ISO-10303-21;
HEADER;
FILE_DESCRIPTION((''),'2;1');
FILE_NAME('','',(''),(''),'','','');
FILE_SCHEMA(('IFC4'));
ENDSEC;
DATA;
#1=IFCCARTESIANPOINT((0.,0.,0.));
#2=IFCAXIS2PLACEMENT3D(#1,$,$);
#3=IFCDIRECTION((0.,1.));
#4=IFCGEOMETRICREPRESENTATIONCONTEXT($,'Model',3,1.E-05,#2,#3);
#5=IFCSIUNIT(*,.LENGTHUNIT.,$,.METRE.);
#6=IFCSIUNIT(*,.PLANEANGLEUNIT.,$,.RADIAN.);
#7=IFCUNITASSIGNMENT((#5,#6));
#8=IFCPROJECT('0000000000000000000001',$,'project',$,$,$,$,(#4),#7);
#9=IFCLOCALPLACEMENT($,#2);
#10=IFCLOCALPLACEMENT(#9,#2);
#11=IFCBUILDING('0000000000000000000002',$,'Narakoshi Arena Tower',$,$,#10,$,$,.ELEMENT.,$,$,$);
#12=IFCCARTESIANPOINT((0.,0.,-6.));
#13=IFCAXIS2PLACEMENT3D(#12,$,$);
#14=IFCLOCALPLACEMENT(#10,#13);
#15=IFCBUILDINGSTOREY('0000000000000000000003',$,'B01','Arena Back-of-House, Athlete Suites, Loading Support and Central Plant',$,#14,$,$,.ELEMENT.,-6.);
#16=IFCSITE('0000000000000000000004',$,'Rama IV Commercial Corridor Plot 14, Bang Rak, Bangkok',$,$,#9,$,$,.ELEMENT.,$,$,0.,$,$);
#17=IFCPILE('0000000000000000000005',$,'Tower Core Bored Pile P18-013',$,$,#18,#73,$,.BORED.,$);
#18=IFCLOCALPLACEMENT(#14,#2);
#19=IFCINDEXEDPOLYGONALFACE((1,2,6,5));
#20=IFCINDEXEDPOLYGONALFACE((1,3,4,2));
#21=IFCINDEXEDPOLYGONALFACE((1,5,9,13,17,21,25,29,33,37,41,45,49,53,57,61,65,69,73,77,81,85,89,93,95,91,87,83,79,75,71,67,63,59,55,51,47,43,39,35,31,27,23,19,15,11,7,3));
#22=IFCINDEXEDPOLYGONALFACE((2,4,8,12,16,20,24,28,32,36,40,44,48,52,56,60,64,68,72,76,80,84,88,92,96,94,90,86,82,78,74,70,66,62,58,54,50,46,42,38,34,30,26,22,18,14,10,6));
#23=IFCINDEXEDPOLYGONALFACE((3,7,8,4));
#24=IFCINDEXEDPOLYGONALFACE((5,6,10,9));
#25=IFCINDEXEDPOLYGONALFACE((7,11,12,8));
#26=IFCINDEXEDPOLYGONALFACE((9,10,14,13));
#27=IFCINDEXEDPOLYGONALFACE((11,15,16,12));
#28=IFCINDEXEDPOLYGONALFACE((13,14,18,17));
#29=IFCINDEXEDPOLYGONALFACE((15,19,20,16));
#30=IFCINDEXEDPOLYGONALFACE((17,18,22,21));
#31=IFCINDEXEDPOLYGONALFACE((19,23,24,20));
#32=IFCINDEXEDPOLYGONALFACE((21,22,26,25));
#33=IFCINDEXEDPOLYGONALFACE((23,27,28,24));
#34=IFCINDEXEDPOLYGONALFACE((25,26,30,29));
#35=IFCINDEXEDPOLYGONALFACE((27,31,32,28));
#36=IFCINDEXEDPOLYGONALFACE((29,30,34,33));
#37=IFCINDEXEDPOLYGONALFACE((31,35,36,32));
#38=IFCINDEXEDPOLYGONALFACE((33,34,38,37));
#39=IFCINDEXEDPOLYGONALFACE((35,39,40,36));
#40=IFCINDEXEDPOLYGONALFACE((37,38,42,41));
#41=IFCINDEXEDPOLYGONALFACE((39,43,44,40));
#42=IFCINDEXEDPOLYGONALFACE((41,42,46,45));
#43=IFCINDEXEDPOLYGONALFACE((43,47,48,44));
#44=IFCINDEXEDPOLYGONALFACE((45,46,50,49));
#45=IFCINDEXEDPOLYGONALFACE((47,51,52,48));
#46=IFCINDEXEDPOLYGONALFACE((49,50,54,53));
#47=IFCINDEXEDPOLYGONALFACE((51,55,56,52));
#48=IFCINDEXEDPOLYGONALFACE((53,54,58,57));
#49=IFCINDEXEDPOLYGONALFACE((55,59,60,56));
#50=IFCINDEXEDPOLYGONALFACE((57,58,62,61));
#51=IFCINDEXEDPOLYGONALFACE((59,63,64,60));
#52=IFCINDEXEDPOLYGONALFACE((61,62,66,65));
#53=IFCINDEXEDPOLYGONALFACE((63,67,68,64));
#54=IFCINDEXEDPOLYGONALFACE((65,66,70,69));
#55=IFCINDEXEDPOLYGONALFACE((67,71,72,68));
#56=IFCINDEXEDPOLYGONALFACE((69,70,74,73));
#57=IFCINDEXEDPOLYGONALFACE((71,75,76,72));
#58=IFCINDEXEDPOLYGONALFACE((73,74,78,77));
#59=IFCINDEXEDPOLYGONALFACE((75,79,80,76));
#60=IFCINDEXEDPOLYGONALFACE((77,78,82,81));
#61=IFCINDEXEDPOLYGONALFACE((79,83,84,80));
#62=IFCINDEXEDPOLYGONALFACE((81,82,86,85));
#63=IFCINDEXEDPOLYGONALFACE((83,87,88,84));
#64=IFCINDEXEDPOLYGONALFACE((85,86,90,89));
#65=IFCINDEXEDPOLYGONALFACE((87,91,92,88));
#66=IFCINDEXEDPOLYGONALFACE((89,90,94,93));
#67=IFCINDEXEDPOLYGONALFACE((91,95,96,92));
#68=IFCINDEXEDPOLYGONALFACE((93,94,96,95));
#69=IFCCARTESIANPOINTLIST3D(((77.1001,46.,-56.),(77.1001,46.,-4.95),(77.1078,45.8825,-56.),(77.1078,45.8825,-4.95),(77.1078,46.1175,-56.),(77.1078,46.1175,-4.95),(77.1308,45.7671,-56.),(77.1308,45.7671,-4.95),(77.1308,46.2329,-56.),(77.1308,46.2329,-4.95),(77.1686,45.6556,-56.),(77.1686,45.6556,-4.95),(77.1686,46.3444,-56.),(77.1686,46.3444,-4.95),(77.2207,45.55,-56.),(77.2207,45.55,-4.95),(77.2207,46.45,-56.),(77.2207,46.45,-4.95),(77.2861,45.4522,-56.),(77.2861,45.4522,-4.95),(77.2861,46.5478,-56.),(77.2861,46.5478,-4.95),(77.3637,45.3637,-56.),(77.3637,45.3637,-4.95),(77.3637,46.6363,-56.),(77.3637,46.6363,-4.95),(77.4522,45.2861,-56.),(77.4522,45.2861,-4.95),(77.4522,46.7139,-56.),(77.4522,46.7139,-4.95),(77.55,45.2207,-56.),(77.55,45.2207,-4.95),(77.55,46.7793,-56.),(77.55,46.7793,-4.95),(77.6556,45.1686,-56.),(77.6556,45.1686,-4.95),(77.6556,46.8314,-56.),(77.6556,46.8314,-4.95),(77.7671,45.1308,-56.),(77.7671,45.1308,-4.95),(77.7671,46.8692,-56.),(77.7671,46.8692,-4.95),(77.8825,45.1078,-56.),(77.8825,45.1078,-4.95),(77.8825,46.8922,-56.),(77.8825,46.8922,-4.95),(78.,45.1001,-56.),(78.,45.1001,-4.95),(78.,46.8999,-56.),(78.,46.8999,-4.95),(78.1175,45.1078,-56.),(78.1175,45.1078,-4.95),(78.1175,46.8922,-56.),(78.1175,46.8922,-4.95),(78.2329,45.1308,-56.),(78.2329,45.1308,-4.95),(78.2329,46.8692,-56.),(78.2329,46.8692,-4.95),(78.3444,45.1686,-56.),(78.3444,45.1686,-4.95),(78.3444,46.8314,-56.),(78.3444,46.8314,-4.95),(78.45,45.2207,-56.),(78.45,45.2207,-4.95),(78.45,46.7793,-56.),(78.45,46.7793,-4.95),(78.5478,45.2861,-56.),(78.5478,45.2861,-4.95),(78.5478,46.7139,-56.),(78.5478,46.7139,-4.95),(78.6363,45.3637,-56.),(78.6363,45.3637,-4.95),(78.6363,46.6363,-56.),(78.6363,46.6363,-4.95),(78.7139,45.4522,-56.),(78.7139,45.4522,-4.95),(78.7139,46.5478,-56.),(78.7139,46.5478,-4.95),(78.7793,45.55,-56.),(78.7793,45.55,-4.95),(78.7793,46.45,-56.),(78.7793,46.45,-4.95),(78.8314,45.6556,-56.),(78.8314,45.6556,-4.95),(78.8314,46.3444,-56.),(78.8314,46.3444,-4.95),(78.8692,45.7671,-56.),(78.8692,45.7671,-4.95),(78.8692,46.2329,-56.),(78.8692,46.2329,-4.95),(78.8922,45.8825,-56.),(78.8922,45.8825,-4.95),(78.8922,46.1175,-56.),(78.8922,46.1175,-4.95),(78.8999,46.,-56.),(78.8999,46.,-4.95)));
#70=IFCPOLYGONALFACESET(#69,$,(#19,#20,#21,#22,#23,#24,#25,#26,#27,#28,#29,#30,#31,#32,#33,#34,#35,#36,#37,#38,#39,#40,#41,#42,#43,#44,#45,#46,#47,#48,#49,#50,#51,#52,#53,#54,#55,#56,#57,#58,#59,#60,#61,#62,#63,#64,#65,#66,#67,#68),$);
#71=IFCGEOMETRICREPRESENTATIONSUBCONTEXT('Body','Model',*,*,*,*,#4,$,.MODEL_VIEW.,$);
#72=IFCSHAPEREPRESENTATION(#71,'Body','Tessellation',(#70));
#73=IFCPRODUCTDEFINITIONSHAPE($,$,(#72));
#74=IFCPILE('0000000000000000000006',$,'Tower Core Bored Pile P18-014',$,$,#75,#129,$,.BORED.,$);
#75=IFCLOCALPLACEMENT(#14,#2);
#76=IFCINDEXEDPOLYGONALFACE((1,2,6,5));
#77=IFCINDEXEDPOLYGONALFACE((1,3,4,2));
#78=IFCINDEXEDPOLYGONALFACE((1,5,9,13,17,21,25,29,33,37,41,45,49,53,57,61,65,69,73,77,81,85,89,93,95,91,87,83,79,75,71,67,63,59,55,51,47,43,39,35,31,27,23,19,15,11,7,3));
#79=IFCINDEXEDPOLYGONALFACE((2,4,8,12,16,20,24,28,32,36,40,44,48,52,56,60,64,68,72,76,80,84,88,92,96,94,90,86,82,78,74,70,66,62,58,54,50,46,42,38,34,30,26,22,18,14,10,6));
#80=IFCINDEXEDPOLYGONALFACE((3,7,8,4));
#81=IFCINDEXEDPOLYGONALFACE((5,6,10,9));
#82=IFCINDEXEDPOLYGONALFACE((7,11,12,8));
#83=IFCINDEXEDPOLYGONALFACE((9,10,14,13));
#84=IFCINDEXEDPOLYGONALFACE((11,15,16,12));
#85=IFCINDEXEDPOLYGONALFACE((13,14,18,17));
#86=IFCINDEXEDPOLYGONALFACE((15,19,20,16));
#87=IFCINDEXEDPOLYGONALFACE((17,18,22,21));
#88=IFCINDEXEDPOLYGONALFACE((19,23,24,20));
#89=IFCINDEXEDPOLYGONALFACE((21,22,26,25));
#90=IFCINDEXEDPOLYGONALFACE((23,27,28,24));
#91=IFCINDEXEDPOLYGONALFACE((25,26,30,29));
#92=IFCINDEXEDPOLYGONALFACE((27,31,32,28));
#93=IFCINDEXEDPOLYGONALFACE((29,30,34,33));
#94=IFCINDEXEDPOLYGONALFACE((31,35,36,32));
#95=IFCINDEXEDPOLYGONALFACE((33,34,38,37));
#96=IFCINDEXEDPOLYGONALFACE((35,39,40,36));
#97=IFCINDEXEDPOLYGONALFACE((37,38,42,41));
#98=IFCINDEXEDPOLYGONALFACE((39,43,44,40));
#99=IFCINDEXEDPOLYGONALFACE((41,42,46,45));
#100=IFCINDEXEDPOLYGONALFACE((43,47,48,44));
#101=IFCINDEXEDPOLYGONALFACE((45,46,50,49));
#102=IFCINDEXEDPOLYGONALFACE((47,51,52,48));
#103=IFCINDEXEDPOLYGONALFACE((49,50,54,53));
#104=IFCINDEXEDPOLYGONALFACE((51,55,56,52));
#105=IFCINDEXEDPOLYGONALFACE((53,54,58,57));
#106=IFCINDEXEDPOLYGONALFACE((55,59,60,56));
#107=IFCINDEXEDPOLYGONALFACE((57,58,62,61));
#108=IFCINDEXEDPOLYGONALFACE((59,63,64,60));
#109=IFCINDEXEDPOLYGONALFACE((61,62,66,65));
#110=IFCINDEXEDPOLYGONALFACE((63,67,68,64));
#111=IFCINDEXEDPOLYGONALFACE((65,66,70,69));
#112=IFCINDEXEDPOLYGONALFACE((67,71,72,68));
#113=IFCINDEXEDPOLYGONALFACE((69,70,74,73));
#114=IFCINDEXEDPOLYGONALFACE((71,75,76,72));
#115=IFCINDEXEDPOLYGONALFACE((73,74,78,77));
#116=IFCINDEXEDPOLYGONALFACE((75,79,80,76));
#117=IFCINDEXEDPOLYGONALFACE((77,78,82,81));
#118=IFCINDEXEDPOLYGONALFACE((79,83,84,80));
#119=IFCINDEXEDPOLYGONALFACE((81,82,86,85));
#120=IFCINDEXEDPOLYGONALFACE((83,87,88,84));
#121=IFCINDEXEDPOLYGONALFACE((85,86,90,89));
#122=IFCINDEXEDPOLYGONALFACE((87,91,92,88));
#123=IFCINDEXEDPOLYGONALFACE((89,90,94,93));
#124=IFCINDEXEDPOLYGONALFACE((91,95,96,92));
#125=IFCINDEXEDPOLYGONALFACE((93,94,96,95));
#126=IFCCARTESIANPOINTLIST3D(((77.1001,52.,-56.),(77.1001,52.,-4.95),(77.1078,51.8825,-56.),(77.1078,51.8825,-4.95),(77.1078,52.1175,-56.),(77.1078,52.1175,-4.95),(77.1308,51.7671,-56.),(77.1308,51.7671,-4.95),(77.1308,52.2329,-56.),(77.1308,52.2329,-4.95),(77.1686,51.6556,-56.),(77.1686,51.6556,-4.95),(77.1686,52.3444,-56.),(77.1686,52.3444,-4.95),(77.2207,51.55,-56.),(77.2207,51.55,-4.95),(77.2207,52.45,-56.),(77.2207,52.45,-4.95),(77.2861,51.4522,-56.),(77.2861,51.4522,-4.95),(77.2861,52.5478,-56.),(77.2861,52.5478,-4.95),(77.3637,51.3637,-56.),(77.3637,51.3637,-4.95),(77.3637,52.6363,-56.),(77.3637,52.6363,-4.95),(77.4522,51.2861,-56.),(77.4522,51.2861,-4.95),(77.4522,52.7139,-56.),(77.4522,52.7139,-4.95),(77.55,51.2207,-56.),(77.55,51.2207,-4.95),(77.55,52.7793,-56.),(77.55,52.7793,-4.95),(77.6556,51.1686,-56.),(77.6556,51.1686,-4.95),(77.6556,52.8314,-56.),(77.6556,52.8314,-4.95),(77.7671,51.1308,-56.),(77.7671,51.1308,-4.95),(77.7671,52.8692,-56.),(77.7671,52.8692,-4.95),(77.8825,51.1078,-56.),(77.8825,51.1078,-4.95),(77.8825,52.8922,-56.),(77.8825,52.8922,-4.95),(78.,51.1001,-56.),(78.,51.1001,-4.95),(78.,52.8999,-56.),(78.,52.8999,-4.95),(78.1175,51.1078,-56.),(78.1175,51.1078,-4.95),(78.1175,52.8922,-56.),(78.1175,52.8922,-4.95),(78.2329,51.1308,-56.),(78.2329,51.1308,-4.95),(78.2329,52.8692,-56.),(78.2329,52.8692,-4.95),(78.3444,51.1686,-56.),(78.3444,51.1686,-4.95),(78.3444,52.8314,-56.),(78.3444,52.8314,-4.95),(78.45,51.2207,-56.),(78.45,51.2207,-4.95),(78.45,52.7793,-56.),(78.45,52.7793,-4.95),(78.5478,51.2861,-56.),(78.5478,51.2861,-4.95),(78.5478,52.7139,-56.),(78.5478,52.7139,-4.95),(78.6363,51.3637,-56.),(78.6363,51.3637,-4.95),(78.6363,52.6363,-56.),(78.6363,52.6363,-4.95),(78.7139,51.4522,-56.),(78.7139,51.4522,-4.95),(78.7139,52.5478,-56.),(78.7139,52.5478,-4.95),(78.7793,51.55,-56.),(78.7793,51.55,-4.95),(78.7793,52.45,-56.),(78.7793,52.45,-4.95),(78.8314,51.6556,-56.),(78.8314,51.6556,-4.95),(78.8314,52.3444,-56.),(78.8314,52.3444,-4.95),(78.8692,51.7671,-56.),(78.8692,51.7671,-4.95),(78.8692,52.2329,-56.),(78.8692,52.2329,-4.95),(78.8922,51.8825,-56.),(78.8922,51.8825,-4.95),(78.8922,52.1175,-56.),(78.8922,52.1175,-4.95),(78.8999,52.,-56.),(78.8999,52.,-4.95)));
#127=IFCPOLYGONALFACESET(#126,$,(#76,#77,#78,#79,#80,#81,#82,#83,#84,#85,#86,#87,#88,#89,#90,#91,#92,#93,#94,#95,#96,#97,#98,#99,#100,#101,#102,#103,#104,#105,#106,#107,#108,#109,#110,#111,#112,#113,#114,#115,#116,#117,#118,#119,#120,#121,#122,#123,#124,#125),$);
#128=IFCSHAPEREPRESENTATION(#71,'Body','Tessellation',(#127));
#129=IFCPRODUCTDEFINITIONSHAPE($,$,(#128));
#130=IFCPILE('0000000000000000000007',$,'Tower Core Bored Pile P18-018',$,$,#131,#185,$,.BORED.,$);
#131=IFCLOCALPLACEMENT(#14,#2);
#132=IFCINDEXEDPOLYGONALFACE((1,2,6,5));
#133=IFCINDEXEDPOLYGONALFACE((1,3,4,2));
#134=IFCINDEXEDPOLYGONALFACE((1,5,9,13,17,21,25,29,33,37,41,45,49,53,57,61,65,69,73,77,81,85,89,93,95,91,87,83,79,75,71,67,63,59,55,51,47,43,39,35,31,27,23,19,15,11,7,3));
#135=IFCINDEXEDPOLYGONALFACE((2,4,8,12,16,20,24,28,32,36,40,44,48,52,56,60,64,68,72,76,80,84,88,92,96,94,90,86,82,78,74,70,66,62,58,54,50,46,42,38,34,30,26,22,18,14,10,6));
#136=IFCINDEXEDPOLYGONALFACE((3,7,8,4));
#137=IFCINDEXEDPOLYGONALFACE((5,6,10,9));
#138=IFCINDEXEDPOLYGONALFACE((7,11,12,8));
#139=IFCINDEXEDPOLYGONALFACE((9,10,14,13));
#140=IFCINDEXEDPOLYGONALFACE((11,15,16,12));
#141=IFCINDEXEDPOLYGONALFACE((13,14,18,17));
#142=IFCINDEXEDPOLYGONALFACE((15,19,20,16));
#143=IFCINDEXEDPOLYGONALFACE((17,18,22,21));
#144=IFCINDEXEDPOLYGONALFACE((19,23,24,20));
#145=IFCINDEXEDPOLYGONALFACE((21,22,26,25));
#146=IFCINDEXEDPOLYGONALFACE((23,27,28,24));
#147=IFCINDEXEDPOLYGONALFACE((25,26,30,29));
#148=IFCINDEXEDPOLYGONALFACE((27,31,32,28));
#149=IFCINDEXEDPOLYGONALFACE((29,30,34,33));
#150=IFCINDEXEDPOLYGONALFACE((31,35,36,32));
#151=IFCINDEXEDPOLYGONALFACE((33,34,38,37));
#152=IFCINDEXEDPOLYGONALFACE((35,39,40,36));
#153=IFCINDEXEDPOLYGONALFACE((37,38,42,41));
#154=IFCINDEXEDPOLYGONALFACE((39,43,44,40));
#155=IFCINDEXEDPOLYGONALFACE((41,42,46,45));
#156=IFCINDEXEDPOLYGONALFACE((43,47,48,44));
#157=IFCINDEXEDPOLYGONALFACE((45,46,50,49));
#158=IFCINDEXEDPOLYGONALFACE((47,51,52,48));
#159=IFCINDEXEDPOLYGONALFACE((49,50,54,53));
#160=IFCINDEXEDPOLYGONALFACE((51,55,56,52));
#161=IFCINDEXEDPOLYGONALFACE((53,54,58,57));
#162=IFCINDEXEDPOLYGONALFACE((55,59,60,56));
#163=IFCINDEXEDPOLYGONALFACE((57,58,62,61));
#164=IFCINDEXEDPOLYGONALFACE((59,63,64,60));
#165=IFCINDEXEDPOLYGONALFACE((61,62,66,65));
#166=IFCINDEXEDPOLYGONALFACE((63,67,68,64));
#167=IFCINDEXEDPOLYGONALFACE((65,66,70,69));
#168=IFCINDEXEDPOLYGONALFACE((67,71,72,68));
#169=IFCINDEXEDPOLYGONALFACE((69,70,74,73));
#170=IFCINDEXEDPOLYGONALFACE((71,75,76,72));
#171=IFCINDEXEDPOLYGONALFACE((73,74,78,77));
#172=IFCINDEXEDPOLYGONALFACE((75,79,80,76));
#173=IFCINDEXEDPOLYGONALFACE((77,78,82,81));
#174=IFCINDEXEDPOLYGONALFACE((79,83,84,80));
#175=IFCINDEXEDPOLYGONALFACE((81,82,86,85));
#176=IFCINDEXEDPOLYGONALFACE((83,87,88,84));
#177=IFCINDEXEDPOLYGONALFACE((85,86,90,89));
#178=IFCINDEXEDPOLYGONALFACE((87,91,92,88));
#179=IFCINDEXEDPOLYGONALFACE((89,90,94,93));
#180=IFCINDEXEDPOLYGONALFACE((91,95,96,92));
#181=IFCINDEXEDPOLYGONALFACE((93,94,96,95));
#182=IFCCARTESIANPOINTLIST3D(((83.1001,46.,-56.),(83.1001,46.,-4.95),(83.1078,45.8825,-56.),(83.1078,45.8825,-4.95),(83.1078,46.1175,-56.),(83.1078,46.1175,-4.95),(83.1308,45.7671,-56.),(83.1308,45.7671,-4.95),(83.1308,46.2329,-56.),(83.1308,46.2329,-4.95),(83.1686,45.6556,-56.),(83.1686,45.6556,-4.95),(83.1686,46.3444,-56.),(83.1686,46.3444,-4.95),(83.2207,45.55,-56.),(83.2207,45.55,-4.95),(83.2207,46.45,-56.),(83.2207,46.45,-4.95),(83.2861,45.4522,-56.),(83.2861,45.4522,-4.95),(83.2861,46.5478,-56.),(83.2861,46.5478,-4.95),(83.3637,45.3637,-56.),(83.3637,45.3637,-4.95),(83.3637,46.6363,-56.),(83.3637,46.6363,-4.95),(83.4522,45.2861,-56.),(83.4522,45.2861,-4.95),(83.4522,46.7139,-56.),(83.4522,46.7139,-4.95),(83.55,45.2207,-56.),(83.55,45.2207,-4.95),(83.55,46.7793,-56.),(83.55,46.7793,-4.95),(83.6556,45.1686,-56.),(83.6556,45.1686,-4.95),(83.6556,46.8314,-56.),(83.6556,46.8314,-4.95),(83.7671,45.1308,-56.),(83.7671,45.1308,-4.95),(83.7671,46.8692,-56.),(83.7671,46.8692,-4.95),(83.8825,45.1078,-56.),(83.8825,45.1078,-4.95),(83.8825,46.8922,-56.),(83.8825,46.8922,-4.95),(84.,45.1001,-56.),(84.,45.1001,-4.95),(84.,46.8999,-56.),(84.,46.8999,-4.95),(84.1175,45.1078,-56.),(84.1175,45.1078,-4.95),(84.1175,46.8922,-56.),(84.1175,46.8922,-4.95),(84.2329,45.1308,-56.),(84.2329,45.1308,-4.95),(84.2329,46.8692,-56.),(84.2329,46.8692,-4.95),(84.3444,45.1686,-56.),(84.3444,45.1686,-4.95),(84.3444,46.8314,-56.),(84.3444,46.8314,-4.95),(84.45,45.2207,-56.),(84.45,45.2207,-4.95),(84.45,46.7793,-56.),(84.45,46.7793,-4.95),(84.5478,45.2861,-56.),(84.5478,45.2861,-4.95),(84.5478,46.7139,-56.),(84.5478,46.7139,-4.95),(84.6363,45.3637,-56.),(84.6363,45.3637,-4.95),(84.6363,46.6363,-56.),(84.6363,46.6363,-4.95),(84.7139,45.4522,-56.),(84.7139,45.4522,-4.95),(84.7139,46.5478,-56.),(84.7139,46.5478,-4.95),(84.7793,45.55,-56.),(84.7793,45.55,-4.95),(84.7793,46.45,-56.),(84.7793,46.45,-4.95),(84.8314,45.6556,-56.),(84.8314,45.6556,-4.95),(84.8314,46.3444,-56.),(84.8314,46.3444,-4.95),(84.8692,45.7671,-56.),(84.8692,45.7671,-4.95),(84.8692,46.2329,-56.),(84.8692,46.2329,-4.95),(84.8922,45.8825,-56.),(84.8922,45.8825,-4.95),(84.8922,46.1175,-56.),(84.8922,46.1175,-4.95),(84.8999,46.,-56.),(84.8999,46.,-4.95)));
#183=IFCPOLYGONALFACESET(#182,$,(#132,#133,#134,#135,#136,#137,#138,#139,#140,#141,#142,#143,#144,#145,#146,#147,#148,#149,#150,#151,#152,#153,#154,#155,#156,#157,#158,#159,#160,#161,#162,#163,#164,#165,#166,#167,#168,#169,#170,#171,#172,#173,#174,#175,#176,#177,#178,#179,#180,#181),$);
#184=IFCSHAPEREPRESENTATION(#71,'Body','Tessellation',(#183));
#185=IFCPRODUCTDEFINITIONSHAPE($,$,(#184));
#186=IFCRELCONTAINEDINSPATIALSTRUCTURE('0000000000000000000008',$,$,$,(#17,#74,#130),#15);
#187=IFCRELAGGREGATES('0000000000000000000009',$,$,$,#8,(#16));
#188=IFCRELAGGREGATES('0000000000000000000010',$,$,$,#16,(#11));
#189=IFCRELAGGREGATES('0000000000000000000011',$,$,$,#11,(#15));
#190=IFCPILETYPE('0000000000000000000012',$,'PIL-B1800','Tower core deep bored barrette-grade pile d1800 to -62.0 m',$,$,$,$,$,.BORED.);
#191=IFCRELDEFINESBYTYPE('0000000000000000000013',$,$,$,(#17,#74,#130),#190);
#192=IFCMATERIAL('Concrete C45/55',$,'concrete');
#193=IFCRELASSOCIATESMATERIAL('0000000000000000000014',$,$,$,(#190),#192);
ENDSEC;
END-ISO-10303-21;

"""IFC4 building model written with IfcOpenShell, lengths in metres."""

from ifc_helpers import new_model, si_unit, direction, frame, origin, origin_2d, place, context, subcontext, project, spatial, circle, extrude, material, material_profile, profile_set, type_object, element, save


model = new_model("IFC4")

# Units and contexts
model_context = context("Model", 3, precision=1e-05, world=origin(), true_north=direction((0.0, 1.0)))
body_context = subcontext(model_context, "Body", "Model", "MODEL_VIEW")
ifc_project = project(units=[si_unit("LENGTHUNIT", "METRE"), si_unit("PLANEANGLEUNIT", "RADIAN")], contexts=[model_context])

# Site, building, storey
site_placement = place(None, origin())
site = spatial("IfcSite", under=ifc_project, at=site_placement, Name="Rama IV Commercial Corridor Plot 14, Bang Rak, Bangkok", CompositionType="ELEMENT", RefElevation=0.0)
building_placement = place(site_placement, origin())
building = spatial("IfcBuilding", under=site, at=building_placement, Name="Narakoshi Arena Tower", CompositionType="ELEMENT")
storey_placement = place(building_placement, frame((0.0, 0.0, -6.0)))
storey = spatial("IfcBuildingStorey", under=building, at=storey_placement, Name="B01", Description="Arena Back-of-House, Athlete Suites, Loading Support and Central Plant", CompositionType="ELEMENT", Elevation=-6.0)

# Piles
ifc_material_1 = material(Name="Concrete C45/55", Category="concrete")
ifc_material_profile_1 = material_profile(ifc_material_1, circle(Radius=0.8999, at=origin_2d()), Name="PILE-D1800")
ifc_profile_set_1 = profile_set([ifc_material_profile_1], Name="Concrete C45/55")
pile_type = type_object("IfcPileType", Name="PIL-B1800", Description="Tower core deep bored barrette-grade pile d1800 to -62.0 m", PredefinedType="BORED", material=ifc_profile_set_1)
for number, where, z_axis, x_axis, name in (
    (1, (78.0, 46.0, -4.95), (0.0, 0.0, -1.0), (1.0, 0.0, 0.0), "Tower Core Bored Pile P18-013"),
    (2, (78.0, 52.0, -4.95), (0.0, 0.0, -1.0), (1.0, 0.0, 0.0), "Tower Core Bored Pile P18-014"),
    (3, (84.0, 46.0, -4.95), (0.0, 0.0, -1.0), (1.0, 0.0, 0.0), "Tower Core Bored Pile P18-018"),
):
    element("IfcPile", number, at=place(storey_placement, frame(where, z_axis=z_axis, x_axis=x_axis)), inside=storey, type_object=pile_type, Name=name, PredefinedType="BORED", context=body_context, shape_type="SweptSolid", body=[
        extrude(circle(Radius=0.8999, at=origin_2d()), origin(), (0.0, 0.0, 1.0), 51.05),
    ])

save(model, "model.ifc")
